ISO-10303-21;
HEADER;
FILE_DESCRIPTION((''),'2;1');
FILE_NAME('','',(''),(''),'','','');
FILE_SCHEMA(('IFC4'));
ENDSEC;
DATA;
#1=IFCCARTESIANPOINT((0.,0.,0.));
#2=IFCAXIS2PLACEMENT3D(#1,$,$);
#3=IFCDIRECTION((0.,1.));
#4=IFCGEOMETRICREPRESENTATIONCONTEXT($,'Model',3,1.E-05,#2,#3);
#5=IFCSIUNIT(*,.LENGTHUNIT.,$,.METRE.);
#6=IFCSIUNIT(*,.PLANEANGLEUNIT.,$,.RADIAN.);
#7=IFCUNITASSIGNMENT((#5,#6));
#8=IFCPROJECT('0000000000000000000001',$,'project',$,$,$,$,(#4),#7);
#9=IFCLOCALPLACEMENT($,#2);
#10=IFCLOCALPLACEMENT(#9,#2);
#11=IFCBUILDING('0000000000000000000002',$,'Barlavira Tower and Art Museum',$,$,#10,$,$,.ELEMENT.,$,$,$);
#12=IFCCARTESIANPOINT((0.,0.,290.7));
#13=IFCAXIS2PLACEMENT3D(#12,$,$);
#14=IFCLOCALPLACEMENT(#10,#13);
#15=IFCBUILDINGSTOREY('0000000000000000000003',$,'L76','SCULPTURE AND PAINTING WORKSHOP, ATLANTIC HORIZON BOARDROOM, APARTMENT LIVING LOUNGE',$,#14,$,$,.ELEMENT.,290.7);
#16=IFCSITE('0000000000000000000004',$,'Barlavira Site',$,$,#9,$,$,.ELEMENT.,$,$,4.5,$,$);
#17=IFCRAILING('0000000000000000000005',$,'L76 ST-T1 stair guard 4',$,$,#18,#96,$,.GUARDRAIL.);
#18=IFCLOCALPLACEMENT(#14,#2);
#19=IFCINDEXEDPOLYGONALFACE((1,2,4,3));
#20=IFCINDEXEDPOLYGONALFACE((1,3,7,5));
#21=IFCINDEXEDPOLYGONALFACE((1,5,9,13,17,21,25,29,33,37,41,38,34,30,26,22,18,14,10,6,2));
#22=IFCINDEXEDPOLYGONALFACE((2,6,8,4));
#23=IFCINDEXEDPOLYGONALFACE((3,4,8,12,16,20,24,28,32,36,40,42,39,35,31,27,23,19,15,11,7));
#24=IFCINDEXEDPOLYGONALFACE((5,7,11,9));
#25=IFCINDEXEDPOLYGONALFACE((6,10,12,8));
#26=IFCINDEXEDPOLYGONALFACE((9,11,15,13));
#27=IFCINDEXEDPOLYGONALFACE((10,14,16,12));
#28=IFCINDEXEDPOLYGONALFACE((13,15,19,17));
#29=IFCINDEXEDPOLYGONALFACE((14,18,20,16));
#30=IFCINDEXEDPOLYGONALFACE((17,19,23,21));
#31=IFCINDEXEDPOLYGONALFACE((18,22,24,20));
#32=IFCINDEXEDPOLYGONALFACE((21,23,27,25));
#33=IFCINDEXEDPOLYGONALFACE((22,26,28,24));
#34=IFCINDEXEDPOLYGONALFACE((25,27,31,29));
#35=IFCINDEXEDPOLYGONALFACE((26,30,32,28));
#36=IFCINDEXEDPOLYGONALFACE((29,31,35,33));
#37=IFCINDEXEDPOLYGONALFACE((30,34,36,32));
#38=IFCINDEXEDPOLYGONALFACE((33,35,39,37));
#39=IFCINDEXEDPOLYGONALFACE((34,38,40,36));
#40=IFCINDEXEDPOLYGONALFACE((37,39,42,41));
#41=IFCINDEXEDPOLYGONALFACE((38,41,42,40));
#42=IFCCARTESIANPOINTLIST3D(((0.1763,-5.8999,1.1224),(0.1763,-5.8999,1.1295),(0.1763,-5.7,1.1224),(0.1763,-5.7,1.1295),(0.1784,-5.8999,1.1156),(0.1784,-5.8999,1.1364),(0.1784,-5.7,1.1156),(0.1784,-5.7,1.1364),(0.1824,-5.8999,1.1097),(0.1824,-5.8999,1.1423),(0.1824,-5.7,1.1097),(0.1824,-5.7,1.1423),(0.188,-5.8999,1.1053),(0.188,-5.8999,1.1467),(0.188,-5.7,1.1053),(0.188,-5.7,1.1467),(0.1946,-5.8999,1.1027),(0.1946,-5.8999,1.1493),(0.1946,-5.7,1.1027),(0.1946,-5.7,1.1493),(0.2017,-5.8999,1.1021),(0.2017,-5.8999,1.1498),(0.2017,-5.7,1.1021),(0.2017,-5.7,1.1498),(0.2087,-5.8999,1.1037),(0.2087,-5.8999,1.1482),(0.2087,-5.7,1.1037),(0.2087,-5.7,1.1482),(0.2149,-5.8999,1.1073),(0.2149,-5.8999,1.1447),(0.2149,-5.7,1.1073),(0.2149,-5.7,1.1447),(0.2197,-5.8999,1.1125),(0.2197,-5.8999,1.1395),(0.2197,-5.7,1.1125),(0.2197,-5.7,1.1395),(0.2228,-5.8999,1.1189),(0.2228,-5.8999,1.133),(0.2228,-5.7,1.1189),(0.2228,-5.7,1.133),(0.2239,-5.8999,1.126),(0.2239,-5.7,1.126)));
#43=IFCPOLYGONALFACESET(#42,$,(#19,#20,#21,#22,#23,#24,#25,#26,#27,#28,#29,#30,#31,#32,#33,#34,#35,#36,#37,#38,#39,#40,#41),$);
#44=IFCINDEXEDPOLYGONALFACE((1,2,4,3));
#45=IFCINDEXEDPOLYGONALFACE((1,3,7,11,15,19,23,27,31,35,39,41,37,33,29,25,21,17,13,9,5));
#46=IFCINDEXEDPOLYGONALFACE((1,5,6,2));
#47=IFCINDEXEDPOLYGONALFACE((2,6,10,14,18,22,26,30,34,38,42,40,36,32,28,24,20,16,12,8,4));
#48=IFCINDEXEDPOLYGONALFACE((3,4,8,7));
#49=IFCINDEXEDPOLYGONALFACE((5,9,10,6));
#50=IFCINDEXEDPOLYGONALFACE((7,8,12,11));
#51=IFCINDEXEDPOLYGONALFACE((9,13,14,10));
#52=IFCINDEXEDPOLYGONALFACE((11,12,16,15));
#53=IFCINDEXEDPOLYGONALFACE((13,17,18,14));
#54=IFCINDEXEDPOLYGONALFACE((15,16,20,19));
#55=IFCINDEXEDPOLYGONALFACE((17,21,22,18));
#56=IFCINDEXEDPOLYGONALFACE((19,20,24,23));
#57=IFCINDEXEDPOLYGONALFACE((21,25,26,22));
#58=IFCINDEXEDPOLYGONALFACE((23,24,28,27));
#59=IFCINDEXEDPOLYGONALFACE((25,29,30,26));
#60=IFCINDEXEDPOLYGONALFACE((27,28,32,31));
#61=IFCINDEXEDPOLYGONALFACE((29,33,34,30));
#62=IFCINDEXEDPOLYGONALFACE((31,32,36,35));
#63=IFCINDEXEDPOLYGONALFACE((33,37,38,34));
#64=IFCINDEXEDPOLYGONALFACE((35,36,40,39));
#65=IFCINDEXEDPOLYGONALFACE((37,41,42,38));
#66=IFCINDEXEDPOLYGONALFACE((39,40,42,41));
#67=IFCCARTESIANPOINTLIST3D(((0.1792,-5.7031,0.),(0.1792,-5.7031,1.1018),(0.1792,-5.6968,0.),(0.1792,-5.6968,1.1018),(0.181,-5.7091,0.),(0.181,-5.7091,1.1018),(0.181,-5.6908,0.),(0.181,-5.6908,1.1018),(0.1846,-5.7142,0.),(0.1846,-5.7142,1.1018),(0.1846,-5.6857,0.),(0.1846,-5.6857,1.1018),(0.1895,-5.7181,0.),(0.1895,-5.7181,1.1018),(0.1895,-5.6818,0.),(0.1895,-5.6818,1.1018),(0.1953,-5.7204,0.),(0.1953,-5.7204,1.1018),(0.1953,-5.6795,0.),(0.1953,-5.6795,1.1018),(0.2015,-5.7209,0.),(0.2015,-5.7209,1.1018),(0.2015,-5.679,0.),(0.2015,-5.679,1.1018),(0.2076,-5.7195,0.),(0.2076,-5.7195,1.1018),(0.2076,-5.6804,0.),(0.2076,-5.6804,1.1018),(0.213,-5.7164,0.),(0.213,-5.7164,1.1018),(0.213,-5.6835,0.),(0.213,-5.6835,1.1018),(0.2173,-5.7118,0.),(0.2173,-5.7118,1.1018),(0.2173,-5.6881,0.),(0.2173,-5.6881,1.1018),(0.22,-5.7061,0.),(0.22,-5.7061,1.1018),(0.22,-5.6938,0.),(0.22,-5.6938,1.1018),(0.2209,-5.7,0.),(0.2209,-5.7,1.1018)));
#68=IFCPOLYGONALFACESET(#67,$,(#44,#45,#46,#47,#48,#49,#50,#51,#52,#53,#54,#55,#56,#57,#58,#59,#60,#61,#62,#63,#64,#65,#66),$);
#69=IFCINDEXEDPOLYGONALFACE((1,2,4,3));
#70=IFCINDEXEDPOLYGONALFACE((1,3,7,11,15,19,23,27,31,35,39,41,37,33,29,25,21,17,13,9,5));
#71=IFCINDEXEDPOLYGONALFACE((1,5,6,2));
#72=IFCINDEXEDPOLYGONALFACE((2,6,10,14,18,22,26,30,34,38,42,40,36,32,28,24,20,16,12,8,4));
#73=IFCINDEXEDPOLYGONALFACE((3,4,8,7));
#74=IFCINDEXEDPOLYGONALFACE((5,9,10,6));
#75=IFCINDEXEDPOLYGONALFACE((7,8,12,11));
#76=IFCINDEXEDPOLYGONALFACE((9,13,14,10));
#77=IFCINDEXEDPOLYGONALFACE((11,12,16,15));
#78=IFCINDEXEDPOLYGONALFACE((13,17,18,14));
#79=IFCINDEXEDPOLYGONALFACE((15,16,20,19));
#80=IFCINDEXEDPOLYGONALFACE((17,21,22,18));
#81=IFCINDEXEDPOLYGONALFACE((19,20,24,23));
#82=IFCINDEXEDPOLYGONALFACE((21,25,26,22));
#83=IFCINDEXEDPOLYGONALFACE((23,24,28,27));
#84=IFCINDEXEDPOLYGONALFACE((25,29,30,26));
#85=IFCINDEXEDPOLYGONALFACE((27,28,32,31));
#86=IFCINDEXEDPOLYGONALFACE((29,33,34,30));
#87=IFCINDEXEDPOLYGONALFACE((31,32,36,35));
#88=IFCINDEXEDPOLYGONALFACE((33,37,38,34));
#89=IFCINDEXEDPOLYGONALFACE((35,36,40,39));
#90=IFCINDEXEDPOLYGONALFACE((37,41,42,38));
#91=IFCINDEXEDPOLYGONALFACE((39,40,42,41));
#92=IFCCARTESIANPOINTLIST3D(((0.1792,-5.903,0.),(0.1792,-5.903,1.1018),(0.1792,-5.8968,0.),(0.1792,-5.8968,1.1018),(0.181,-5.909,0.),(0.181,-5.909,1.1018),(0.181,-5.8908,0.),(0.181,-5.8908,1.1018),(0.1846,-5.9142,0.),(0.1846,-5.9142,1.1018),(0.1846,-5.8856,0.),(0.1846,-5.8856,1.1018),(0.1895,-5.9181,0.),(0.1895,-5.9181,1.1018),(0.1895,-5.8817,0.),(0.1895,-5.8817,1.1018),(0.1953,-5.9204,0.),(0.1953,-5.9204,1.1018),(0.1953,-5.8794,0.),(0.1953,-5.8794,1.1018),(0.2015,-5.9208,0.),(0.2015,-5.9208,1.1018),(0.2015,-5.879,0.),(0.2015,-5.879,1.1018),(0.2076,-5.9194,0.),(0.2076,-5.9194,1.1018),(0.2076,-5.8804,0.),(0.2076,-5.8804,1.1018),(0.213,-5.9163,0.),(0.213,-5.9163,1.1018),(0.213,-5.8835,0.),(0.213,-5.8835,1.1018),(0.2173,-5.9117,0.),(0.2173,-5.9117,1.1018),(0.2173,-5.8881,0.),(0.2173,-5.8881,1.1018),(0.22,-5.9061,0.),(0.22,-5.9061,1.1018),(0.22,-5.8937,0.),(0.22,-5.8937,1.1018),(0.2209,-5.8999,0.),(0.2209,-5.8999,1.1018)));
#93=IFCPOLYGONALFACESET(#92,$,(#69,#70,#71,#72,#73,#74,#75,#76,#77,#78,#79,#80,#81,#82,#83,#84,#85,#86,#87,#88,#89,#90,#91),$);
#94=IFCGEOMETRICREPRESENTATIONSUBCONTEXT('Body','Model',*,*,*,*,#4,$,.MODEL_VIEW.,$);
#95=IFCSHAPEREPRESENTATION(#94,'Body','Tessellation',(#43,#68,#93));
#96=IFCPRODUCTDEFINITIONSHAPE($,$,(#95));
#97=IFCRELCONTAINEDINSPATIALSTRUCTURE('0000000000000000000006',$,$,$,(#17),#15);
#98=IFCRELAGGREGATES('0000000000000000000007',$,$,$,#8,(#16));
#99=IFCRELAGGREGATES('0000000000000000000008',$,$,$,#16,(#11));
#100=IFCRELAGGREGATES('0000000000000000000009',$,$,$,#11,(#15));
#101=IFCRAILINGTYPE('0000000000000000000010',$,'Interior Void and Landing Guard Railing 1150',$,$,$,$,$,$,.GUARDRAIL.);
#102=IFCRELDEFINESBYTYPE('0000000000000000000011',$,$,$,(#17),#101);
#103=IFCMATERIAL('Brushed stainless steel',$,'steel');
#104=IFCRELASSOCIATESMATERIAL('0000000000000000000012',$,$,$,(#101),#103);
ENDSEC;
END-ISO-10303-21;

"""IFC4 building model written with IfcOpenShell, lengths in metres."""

from ifc_helpers import new_model, si_unit, direction, frame, origin, origin_2d, place, context, subcontext, project, spatial, circle, extrude, material, type_object, element, save


model = new_model("IFC4")

# Units and contexts
model_context = context("Model", 3, precision=1e-05, world=origin(), true_north=direction((0.0, 1.0)))
body_context = subcontext(model_context, "Body", "Model", "MODEL_VIEW")
ifc_project = project(units=[si_unit("LENGTHUNIT", "METRE"), si_unit("PLANEANGLEUNIT", "RADIAN")], contexts=[model_context])

# Site, building, storey
site_placement = place(None, origin())
site = spatial("IfcSite", under=ifc_project, at=site_placement, Name="Barlavira Site", CompositionType="ELEMENT", RefElevation=4.5)
building_placement = place(site_placement, origin())
building = spatial("IfcBuilding", under=site, at=building_placement, Name="Barlavira Tower and Art Museum", CompositionType="ELEMENT")
storey_placement = place(building_placement, frame((0.0, 0.0, 290.7)))
storey = spatial("IfcBuildingStorey", under=building, at=storey_placement, Name="L76", Description="SCULPTURE AND PAINTING WORKSHOP, ATLANTIC HORIZON BOARDROOM, APARTMENT LIVING LOUNGE", CompositionType="ELEMENT", Elevation=290.7)

# Shared definitions
ifc_material_1 = material(Name="Brushed stainless steel", Category="steel")

# Railing
railing_type_1 = type_object("IfcRailingType", Name="Interior Void and Landing Guard Railing 1150", PredefinedType="GUARDRAIL", material=ifc_material_1)
railing_1_placement = place(storey_placement, frame((0.2, -5.7, 0.0)))
element("IfcRailing", 1, at=railing_1_placement, inside=storey, type_object=railing_type_1, Name="L76 ST-T1 stair guard 4", PredefinedType="GUARDRAIL", context=body_context, shape_type="SweptSolid", body=[
    extrude(circle(Radius=0.0239, at=origin_2d()), frame((0.0, 0.0, 1.126), z_axis=(0.0, -1.0, 0.0), x_axis=(1.0, 0.0, 0.0)), (0.0, 0.0, 1.0), 0.2),
    extrude(circle(Radius=0.021, at=origin_2d()), origin(), (0.0, 0.0, 1.0), 1.1018),
    extrude(circle(Radius=0.021, at=origin_2d()), frame((0.0, -0.2, 0.0)), (0.0, 0.0, 1.0), 1.1018),
])

save(model, "model.ifc")
